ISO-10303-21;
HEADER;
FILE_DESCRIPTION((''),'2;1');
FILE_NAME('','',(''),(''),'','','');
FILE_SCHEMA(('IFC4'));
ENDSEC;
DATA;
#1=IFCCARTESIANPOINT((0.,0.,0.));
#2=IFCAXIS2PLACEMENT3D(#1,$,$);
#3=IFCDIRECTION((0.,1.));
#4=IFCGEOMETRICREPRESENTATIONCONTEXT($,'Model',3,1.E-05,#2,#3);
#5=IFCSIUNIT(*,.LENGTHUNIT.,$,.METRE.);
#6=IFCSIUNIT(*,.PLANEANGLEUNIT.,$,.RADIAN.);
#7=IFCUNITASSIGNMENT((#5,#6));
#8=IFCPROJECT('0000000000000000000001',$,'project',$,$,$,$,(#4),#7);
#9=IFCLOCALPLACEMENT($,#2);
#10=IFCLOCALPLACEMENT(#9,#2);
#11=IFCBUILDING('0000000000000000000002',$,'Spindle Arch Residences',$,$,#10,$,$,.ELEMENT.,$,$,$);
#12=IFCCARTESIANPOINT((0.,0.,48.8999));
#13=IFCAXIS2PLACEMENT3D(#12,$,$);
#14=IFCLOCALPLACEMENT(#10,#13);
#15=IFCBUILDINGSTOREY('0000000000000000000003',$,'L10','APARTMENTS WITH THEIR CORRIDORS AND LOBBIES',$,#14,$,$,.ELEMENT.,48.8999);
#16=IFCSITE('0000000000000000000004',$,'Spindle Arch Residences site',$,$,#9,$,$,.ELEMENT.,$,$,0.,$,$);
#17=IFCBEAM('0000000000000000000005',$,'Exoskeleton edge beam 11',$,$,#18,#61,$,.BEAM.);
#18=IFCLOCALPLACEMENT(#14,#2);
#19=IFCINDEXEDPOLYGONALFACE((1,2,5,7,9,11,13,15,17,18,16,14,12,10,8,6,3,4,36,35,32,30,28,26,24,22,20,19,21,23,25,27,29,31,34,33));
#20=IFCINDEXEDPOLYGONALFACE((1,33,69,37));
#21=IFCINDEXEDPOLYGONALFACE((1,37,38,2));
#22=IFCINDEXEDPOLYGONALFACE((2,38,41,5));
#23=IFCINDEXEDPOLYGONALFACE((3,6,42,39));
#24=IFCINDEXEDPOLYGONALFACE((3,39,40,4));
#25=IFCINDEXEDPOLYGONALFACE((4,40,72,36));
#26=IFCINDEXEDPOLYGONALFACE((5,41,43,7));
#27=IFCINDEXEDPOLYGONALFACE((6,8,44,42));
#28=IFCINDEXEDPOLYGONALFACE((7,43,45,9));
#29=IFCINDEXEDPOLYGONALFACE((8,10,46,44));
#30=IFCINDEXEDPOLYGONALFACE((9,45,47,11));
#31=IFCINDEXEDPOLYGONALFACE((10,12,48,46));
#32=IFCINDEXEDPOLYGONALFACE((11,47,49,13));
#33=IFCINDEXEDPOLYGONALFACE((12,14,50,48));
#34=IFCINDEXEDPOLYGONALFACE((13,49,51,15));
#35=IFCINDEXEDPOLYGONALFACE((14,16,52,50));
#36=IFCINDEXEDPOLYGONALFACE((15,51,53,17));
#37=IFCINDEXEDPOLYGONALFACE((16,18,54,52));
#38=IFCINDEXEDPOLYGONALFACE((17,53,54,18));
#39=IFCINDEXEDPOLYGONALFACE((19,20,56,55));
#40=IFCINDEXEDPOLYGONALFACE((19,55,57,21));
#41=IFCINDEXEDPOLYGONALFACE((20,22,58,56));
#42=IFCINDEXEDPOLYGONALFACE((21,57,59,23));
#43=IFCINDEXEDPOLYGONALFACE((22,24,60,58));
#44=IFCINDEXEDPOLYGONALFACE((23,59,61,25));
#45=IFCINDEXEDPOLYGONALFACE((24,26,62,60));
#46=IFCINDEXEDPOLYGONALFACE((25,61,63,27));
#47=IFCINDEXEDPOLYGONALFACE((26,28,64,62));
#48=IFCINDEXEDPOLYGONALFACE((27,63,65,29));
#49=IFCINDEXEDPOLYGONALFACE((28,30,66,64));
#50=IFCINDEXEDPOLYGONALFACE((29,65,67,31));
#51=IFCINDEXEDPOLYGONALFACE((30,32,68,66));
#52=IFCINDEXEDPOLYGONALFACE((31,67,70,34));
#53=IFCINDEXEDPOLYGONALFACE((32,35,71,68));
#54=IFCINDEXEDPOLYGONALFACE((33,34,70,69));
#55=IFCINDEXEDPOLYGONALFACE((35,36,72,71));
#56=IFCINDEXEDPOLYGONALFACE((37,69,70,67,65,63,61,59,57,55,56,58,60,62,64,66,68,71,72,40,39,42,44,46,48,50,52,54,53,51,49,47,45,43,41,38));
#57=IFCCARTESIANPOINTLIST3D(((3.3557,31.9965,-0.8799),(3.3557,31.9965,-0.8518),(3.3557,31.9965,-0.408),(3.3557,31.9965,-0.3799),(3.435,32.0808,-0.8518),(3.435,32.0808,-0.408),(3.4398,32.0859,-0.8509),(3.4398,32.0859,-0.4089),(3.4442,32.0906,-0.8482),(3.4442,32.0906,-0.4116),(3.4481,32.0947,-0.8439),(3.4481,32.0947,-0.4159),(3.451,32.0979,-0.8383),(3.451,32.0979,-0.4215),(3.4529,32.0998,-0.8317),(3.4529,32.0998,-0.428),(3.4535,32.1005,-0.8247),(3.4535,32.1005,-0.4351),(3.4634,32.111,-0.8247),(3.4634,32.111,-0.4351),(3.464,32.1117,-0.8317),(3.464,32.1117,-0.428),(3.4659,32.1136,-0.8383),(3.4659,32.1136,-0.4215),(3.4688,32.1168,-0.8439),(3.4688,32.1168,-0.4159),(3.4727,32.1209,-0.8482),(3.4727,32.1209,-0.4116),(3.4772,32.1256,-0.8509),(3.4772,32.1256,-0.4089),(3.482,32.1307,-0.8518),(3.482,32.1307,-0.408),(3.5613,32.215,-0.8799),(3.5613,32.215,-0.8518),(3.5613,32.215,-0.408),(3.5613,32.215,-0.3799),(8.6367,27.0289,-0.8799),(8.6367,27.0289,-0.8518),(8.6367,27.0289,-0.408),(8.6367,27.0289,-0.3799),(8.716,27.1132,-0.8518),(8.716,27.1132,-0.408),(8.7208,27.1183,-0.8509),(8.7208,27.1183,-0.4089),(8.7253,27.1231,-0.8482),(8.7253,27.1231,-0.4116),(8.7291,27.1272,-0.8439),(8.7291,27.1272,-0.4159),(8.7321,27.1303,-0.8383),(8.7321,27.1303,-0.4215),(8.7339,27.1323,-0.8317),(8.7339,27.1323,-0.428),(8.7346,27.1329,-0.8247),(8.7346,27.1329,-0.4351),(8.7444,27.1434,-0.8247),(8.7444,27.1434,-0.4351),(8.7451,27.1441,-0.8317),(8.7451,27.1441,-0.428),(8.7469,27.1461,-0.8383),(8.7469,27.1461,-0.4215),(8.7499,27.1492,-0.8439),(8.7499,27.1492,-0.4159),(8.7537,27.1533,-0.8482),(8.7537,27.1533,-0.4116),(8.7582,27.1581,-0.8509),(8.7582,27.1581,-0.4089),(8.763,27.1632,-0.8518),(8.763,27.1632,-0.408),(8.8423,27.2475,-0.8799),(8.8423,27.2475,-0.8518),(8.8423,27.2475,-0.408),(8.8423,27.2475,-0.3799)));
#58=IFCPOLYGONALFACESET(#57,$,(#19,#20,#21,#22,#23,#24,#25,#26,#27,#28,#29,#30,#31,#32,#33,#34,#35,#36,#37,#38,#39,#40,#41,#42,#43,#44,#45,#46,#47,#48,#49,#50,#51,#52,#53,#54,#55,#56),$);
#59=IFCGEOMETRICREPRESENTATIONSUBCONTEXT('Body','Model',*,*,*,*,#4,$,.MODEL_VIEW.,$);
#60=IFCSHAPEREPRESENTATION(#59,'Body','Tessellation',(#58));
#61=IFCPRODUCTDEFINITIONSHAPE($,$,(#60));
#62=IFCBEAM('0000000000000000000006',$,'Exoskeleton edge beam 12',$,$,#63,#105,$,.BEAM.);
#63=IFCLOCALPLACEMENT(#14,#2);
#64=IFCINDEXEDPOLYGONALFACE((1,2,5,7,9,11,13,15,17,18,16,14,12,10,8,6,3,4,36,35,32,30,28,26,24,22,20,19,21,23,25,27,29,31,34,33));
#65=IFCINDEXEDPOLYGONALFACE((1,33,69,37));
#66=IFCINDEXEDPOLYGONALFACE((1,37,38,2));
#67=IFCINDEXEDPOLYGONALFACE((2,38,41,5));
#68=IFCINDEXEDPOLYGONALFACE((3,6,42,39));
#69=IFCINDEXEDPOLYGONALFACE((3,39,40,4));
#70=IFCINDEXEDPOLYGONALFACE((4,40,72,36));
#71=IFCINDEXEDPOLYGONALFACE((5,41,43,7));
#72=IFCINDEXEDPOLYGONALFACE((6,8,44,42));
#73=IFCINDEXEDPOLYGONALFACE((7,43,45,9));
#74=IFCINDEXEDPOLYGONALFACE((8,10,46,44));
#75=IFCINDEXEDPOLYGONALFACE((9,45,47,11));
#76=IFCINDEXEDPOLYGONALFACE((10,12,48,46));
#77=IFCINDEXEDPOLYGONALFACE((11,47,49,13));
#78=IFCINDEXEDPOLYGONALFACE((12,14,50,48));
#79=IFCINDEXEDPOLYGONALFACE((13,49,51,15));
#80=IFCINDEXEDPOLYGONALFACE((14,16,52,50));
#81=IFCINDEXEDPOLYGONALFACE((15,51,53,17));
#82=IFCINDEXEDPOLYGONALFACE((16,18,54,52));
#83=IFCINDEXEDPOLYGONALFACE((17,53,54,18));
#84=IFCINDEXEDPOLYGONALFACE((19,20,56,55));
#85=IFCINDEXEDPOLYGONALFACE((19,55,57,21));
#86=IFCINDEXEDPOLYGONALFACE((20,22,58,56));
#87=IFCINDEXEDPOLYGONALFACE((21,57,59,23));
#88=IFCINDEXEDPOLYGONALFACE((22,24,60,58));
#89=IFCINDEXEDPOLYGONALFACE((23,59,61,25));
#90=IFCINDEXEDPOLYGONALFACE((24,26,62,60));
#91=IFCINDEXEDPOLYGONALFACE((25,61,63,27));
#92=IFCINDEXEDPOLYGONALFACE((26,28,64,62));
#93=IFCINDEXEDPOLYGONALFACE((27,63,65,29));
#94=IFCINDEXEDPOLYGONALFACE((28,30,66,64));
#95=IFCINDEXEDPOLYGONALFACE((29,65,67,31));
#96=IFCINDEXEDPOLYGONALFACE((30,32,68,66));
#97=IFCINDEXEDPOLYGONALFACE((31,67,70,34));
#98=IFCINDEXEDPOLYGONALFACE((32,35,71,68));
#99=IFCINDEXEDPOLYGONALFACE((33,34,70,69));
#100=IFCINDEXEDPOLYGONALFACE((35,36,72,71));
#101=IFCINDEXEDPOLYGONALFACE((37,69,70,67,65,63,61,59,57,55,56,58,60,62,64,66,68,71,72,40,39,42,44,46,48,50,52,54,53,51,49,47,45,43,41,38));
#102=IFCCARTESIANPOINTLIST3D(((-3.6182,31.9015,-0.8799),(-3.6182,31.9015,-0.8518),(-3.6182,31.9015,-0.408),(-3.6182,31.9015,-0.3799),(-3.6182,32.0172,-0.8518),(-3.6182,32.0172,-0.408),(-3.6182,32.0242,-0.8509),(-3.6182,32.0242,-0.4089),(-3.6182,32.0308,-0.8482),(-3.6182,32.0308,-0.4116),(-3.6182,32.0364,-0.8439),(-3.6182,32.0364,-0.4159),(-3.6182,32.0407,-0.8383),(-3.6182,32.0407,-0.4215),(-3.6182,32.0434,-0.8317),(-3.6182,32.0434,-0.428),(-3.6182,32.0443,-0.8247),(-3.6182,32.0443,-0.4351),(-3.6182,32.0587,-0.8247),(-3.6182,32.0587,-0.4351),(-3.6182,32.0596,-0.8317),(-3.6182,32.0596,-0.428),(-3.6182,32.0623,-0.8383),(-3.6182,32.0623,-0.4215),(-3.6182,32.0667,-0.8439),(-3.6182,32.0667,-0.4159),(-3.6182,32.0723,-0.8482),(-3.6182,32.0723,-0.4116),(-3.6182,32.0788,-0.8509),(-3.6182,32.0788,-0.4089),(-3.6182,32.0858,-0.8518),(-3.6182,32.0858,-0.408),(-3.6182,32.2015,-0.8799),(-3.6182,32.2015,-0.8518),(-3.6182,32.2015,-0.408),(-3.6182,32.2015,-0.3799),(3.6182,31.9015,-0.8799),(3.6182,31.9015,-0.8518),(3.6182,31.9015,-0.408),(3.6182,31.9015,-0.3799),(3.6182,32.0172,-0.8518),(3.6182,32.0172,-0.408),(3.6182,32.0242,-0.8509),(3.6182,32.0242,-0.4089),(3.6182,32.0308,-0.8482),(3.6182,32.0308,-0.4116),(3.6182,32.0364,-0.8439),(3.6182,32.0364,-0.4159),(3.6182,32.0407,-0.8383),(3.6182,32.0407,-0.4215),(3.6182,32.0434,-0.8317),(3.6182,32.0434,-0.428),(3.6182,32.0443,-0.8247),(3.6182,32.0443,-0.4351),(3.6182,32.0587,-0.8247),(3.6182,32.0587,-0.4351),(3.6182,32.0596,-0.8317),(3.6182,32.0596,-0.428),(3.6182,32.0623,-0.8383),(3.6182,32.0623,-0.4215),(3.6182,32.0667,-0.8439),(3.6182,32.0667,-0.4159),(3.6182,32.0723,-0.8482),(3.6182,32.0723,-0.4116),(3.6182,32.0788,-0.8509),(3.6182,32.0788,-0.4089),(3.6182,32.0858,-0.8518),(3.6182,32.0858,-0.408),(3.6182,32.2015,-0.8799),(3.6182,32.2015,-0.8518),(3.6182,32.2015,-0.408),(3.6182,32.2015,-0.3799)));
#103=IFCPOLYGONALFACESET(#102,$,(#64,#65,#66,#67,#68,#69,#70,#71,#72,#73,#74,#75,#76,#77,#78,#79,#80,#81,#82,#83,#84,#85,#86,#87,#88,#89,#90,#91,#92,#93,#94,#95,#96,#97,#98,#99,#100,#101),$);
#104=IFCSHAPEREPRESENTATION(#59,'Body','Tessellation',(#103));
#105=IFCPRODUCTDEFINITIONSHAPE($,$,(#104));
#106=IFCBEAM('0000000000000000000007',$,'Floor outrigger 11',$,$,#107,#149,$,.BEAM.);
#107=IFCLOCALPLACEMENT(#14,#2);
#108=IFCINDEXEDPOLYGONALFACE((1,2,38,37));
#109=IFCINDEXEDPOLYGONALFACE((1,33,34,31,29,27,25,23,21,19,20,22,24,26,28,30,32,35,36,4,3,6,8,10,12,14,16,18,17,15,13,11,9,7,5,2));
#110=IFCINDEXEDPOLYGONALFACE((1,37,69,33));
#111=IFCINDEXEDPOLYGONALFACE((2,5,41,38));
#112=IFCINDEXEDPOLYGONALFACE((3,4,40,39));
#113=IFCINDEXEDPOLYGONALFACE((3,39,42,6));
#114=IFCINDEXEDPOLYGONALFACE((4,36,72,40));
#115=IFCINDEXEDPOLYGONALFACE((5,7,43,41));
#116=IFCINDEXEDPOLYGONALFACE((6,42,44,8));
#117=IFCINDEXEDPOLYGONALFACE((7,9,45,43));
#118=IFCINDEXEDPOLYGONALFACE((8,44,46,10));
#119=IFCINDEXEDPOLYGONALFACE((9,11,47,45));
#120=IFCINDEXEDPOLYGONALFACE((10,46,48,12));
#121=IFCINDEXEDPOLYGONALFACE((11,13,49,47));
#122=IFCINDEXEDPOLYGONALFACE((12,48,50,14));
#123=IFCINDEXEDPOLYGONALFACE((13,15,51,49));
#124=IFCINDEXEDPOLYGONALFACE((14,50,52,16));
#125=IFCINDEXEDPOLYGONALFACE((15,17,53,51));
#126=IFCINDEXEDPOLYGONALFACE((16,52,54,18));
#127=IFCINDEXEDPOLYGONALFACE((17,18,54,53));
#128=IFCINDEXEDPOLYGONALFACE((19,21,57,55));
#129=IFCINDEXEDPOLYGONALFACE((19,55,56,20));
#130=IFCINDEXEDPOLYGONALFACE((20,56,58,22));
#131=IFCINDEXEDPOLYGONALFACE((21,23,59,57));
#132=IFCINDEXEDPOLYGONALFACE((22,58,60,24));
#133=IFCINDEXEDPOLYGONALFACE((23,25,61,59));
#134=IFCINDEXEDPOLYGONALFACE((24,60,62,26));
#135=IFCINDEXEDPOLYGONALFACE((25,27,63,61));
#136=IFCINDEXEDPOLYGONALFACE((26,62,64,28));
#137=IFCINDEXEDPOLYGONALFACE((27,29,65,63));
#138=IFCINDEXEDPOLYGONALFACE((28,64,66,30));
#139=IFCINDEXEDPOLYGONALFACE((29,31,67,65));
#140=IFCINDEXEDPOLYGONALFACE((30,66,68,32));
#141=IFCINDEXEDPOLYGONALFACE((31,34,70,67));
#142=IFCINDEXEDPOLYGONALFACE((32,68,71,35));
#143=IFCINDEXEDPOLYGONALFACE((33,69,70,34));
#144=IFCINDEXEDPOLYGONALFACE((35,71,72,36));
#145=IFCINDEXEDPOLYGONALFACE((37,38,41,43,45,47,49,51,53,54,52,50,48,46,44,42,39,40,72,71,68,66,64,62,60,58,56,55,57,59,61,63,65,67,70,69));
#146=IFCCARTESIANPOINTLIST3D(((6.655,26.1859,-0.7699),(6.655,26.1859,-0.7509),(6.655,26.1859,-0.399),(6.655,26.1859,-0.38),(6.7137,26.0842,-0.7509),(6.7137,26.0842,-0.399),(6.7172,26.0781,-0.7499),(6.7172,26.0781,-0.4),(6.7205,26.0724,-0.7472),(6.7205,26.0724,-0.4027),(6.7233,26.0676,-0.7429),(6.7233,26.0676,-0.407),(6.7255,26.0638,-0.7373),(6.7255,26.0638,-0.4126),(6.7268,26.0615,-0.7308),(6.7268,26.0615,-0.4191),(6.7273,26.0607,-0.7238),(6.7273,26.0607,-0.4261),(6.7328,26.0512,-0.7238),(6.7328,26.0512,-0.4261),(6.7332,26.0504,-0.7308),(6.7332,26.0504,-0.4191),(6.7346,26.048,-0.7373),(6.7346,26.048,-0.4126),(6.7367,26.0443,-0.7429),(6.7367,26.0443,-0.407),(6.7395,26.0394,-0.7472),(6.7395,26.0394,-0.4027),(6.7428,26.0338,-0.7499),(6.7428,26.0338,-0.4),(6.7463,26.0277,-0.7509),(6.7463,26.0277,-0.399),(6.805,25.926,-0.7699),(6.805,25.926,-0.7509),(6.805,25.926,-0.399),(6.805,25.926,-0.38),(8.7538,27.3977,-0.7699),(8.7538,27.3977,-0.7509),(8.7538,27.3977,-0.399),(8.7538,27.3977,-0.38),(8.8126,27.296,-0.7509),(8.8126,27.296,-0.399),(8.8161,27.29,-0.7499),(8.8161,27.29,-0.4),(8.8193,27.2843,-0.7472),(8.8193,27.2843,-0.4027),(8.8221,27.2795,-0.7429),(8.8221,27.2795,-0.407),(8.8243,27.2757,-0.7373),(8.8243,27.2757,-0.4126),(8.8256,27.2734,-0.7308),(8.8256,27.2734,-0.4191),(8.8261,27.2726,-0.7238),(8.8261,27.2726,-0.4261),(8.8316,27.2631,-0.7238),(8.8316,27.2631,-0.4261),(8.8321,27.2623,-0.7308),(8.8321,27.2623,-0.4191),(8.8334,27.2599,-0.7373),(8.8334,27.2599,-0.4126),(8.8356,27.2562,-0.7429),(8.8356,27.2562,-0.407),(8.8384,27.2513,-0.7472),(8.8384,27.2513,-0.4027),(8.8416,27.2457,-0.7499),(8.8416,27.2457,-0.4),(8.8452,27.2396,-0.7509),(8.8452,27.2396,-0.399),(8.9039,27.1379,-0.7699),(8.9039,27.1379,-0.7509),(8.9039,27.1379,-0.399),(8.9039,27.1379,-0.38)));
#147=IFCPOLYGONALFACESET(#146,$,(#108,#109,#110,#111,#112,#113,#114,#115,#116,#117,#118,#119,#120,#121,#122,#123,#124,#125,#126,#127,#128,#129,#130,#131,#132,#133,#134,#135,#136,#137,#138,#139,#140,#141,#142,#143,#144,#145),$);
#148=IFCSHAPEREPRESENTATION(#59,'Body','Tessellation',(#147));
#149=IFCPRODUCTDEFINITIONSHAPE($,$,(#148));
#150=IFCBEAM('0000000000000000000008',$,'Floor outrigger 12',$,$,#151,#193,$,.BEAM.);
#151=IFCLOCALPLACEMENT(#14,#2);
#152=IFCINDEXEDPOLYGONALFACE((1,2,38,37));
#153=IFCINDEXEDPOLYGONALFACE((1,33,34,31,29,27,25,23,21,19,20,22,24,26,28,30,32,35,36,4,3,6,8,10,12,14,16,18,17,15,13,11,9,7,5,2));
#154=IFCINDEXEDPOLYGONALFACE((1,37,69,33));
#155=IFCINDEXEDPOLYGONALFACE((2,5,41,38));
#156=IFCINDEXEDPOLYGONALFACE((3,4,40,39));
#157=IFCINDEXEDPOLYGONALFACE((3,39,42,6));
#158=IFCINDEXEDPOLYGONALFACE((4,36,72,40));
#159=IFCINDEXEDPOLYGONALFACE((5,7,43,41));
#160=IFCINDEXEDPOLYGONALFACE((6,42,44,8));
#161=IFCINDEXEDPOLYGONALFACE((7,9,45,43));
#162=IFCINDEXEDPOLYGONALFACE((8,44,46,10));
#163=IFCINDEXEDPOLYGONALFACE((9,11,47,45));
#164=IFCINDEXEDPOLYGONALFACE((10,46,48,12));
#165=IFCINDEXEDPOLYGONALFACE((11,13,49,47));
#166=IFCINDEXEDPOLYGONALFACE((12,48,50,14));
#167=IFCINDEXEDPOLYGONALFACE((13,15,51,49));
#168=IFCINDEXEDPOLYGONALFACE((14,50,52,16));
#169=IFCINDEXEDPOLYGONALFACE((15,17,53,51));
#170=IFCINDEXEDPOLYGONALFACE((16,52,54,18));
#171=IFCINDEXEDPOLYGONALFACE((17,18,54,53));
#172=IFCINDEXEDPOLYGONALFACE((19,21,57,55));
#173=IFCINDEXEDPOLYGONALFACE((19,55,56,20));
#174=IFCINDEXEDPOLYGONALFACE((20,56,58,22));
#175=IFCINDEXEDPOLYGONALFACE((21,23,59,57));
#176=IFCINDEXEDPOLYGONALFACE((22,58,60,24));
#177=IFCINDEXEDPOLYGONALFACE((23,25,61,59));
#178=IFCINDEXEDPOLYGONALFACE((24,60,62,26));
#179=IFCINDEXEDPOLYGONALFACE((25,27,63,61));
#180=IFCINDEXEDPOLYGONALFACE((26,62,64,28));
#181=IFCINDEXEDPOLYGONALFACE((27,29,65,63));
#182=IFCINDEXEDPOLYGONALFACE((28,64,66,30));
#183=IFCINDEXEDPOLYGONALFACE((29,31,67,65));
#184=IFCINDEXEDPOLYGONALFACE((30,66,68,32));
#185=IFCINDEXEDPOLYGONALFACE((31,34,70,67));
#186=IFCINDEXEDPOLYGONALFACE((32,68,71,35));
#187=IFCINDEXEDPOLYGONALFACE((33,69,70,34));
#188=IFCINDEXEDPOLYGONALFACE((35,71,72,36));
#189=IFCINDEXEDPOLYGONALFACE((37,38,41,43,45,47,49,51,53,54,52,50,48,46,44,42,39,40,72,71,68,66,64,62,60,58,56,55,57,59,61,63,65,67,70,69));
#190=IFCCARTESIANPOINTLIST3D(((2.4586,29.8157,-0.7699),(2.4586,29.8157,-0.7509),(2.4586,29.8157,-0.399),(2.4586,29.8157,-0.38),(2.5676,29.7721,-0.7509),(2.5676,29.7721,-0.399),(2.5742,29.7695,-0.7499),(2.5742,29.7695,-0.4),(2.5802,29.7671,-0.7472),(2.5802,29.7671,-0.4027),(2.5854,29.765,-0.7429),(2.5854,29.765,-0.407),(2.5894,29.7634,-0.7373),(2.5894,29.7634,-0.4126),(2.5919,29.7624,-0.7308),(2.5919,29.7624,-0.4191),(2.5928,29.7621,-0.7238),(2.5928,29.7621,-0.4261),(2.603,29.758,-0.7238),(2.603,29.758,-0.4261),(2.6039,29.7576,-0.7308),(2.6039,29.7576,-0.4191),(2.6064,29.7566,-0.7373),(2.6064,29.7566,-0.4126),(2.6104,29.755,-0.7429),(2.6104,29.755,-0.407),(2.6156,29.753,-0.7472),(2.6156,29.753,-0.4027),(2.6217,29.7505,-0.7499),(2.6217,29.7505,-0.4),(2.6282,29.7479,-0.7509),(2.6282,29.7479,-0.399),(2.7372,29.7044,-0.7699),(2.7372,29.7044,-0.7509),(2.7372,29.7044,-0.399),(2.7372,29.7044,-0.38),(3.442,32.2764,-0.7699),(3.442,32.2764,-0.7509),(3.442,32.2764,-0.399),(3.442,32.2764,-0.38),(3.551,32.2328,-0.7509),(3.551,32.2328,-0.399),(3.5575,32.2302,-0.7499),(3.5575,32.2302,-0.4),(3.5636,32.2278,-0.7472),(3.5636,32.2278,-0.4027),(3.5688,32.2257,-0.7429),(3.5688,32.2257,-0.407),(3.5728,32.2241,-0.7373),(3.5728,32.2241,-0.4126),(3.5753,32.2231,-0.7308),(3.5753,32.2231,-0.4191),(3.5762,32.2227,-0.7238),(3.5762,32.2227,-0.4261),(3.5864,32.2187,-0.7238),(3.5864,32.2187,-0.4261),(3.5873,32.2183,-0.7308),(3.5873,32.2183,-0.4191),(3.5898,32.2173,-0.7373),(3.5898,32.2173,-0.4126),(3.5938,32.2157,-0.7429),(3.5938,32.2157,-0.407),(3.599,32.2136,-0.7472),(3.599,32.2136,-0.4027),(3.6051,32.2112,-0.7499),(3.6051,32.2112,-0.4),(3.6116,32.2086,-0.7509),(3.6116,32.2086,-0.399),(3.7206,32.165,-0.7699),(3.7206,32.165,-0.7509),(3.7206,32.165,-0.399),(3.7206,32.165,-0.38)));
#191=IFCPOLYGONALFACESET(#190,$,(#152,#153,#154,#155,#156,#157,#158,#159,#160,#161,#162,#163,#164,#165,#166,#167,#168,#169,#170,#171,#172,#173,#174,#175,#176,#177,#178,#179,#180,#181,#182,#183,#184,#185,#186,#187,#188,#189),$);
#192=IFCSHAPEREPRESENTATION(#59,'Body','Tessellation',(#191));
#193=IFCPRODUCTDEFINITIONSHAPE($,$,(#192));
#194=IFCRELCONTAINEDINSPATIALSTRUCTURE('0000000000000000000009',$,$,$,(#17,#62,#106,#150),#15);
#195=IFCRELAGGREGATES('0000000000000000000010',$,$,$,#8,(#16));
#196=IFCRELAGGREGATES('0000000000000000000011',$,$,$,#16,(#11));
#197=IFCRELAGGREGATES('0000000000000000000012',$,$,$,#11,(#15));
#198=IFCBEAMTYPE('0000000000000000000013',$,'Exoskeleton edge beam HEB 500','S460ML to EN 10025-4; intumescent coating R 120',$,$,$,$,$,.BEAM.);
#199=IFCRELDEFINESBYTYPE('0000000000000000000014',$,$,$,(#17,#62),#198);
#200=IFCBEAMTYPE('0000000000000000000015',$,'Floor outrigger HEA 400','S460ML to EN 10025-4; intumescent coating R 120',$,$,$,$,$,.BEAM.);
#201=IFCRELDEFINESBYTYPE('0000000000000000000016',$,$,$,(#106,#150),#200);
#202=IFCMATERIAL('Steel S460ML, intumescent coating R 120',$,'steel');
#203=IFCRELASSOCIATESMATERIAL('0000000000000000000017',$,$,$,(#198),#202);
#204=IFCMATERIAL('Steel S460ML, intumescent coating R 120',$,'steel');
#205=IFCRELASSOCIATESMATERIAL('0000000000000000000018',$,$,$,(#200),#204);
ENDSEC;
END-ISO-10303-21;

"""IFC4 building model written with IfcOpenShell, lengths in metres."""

from ifc_helpers import new_model, si_unit, direction, frame, origin, origin_2d, place, context, subcontext, project, spatial, i_section, extrude, material, material_profile, profile_set, type_object, element, save


model = new_model("IFC4")

# Units and contexts
model_context = context("Model", 3, precision=1e-05, world=origin(), true_north=direction((0.0, 1.0)))
body_context = subcontext(model_context, "Body", "Model", "MODEL_VIEW")
ifc_project = project(units=[si_unit("LENGTHUNIT", "METRE"), si_unit("PLANEANGLEUNIT", "RADIAN")], contexts=[model_context])

# Site, building, storey
site_placement = place(None, origin())
site = spatial("IfcSite", under=ifc_project, at=site_placement, Name="Spindle Arch Residences site", CompositionType="ELEMENT", RefElevation=0.0)
building_placement = place(site_placement, origin())
building = spatial("IfcBuilding", under=site, at=building_placement, Name="Spindle Arch Residences", CompositionType="ELEMENT")
storey_placement = place(building_placement, frame((0.0, 0.0, 48.8999)))
storey = spatial("IfcBuildingStorey", under=building, at=storey_placement, Name="L10", Description="APARTMENTS WITH THEIR CORRIDORS AND LOBBIES", CompositionType="ELEMENT", Elevation=48.8999)

# Beams
ifc_material_1 = material(Name="Steel S460ML, intumescent coating R 120", Category="steel")
ifc_material_profile_1 = material_profile(ifc_material_1, i_section(OverallWidth=0.3, OverallDepth=0.5, WebThickness=0.0144, FlangeThickness=0.0281, FilletRadius=0.0271, at=origin_2d()), Name="HEB 500")
ifc_profile_set_1 = profile_set([ifc_material_profile_1], Name="Steel S460ML, intumescent coating R 120")
beam_type_1 = type_object("IfcBeamType", Name="Exoskeleton edge beam HEB 500", Description="S460ML to EN 10025-4; intumescent coating R 120", PredefinedType="BEAM", material=ifc_profile_set_1)
beam_1_placement = place(storey_placement, frame((8.7395, 27.1382, -0.6299), z_axis=(-0.728395, 0.685158, 0.0), x_axis=(-0.685158, -0.728395, 0.0)))
element("IfcBeam", 1, at=beam_1_placement, inside=storey, type_object=beam_type_1, Name="Exoskeleton edge beam 11", PredefinedType="BEAM", context=body_context, shape_type="SweptSolid", body=[
    extrude(i_section(OverallWidth=0.3, OverallDepth=0.5, WebThickness=0.0144, FlangeThickness=0.0281, FilletRadius=0.0271, at=origin_2d()), origin(), (0.0, 0.0, 1.0), 7.2502),
])
beam_2_placement = place(storey_placement, frame((3.6182, 32.0515, -0.6299), z_axis=(-1.0, 0.0, 0.0), x_axis=(0.0, -1.0, 0.0)))
element("IfcBeam", 2, at=beam_2_placement, inside=storey, type_object=beam_type_1, Name="Exoskeleton edge beam 12", PredefinedType="BEAM", context=body_context, shape_type="SweptSolid", body=[
    extrude(i_section(OverallWidth=0.3, OverallDepth=0.5, WebThickness=0.0144, FlangeThickness=0.0281, FilletRadius=0.0271, at=origin_2d()), origin(), (0.0, 0.0, 1.0), 7.2363),
])
ifc_material_2 = material(Name="Steel S460ML, intumescent coating R 120", Category="steel")
ifc_material_profile_2 = material_profile(ifc_material_2, i_section(OverallWidth=0.3, OverallDepth=0.3899, WebThickness=0.011, FlangeThickness=0.019, FilletRadius=0.0271, at=origin_2d()), Name="HEA 400")
ifc_profile_set_2 = profile_set([ifc_material_profile_2], Name="Steel S460ML, intumescent coating R 120")
beam_type_2 = type_object("IfcBeamType", Name="Floor outrigger HEA 400", Description="S460ML to EN 10025-4; intumescent coating R 120", PredefinedType="BEAM", material=ifc_profile_set_2)
beam_3_placement = place(storey_placement, frame((8.8289, 27.2678, -0.575), z_axis=(-0.866003, -0.500039, 0.0), x_axis=(0.500039, -0.866003, 0.0)))
element("IfcBeam", 3, at=beam_3_placement, inside=storey, type_object=beam_type_2, Name="Floor outrigger 11", PredefinedType="BEAM", context=body_context, shape_type="SweptSolid", body=[
    extrude(i_section(OverallWidth=0.3, OverallDepth=0.3899, WebThickness=0.011, FlangeThickness=0.019, FilletRadius=0.0271, at=origin_2d()), origin(), (0.0, 0.0, 1.0), 2.4236),
])
beam_4_placement = place(storey_placement, frame((3.5813, 32.2207, -0.575), z_axis=(-0.371105, -0.928591, 0.0), x_axis=(0.928591, -0.371105, 0.0)))
element("IfcBeam", 4, at=beam_4_placement, inside=storey, type_object=beam_type_2, Name="Floor outrigger 12", PredefinedType="BEAM", context=body_context, shape_type="SweptSolid", body=[
    extrude(i_section(OverallWidth=0.3, OverallDepth=0.3899, WebThickness=0.011, FlangeThickness=0.019, FilletRadius=0.0271, at=origin_2d()), origin(), (0.0, 0.0, 1.0), 2.6499),
])

save(model, "model.ifc")
